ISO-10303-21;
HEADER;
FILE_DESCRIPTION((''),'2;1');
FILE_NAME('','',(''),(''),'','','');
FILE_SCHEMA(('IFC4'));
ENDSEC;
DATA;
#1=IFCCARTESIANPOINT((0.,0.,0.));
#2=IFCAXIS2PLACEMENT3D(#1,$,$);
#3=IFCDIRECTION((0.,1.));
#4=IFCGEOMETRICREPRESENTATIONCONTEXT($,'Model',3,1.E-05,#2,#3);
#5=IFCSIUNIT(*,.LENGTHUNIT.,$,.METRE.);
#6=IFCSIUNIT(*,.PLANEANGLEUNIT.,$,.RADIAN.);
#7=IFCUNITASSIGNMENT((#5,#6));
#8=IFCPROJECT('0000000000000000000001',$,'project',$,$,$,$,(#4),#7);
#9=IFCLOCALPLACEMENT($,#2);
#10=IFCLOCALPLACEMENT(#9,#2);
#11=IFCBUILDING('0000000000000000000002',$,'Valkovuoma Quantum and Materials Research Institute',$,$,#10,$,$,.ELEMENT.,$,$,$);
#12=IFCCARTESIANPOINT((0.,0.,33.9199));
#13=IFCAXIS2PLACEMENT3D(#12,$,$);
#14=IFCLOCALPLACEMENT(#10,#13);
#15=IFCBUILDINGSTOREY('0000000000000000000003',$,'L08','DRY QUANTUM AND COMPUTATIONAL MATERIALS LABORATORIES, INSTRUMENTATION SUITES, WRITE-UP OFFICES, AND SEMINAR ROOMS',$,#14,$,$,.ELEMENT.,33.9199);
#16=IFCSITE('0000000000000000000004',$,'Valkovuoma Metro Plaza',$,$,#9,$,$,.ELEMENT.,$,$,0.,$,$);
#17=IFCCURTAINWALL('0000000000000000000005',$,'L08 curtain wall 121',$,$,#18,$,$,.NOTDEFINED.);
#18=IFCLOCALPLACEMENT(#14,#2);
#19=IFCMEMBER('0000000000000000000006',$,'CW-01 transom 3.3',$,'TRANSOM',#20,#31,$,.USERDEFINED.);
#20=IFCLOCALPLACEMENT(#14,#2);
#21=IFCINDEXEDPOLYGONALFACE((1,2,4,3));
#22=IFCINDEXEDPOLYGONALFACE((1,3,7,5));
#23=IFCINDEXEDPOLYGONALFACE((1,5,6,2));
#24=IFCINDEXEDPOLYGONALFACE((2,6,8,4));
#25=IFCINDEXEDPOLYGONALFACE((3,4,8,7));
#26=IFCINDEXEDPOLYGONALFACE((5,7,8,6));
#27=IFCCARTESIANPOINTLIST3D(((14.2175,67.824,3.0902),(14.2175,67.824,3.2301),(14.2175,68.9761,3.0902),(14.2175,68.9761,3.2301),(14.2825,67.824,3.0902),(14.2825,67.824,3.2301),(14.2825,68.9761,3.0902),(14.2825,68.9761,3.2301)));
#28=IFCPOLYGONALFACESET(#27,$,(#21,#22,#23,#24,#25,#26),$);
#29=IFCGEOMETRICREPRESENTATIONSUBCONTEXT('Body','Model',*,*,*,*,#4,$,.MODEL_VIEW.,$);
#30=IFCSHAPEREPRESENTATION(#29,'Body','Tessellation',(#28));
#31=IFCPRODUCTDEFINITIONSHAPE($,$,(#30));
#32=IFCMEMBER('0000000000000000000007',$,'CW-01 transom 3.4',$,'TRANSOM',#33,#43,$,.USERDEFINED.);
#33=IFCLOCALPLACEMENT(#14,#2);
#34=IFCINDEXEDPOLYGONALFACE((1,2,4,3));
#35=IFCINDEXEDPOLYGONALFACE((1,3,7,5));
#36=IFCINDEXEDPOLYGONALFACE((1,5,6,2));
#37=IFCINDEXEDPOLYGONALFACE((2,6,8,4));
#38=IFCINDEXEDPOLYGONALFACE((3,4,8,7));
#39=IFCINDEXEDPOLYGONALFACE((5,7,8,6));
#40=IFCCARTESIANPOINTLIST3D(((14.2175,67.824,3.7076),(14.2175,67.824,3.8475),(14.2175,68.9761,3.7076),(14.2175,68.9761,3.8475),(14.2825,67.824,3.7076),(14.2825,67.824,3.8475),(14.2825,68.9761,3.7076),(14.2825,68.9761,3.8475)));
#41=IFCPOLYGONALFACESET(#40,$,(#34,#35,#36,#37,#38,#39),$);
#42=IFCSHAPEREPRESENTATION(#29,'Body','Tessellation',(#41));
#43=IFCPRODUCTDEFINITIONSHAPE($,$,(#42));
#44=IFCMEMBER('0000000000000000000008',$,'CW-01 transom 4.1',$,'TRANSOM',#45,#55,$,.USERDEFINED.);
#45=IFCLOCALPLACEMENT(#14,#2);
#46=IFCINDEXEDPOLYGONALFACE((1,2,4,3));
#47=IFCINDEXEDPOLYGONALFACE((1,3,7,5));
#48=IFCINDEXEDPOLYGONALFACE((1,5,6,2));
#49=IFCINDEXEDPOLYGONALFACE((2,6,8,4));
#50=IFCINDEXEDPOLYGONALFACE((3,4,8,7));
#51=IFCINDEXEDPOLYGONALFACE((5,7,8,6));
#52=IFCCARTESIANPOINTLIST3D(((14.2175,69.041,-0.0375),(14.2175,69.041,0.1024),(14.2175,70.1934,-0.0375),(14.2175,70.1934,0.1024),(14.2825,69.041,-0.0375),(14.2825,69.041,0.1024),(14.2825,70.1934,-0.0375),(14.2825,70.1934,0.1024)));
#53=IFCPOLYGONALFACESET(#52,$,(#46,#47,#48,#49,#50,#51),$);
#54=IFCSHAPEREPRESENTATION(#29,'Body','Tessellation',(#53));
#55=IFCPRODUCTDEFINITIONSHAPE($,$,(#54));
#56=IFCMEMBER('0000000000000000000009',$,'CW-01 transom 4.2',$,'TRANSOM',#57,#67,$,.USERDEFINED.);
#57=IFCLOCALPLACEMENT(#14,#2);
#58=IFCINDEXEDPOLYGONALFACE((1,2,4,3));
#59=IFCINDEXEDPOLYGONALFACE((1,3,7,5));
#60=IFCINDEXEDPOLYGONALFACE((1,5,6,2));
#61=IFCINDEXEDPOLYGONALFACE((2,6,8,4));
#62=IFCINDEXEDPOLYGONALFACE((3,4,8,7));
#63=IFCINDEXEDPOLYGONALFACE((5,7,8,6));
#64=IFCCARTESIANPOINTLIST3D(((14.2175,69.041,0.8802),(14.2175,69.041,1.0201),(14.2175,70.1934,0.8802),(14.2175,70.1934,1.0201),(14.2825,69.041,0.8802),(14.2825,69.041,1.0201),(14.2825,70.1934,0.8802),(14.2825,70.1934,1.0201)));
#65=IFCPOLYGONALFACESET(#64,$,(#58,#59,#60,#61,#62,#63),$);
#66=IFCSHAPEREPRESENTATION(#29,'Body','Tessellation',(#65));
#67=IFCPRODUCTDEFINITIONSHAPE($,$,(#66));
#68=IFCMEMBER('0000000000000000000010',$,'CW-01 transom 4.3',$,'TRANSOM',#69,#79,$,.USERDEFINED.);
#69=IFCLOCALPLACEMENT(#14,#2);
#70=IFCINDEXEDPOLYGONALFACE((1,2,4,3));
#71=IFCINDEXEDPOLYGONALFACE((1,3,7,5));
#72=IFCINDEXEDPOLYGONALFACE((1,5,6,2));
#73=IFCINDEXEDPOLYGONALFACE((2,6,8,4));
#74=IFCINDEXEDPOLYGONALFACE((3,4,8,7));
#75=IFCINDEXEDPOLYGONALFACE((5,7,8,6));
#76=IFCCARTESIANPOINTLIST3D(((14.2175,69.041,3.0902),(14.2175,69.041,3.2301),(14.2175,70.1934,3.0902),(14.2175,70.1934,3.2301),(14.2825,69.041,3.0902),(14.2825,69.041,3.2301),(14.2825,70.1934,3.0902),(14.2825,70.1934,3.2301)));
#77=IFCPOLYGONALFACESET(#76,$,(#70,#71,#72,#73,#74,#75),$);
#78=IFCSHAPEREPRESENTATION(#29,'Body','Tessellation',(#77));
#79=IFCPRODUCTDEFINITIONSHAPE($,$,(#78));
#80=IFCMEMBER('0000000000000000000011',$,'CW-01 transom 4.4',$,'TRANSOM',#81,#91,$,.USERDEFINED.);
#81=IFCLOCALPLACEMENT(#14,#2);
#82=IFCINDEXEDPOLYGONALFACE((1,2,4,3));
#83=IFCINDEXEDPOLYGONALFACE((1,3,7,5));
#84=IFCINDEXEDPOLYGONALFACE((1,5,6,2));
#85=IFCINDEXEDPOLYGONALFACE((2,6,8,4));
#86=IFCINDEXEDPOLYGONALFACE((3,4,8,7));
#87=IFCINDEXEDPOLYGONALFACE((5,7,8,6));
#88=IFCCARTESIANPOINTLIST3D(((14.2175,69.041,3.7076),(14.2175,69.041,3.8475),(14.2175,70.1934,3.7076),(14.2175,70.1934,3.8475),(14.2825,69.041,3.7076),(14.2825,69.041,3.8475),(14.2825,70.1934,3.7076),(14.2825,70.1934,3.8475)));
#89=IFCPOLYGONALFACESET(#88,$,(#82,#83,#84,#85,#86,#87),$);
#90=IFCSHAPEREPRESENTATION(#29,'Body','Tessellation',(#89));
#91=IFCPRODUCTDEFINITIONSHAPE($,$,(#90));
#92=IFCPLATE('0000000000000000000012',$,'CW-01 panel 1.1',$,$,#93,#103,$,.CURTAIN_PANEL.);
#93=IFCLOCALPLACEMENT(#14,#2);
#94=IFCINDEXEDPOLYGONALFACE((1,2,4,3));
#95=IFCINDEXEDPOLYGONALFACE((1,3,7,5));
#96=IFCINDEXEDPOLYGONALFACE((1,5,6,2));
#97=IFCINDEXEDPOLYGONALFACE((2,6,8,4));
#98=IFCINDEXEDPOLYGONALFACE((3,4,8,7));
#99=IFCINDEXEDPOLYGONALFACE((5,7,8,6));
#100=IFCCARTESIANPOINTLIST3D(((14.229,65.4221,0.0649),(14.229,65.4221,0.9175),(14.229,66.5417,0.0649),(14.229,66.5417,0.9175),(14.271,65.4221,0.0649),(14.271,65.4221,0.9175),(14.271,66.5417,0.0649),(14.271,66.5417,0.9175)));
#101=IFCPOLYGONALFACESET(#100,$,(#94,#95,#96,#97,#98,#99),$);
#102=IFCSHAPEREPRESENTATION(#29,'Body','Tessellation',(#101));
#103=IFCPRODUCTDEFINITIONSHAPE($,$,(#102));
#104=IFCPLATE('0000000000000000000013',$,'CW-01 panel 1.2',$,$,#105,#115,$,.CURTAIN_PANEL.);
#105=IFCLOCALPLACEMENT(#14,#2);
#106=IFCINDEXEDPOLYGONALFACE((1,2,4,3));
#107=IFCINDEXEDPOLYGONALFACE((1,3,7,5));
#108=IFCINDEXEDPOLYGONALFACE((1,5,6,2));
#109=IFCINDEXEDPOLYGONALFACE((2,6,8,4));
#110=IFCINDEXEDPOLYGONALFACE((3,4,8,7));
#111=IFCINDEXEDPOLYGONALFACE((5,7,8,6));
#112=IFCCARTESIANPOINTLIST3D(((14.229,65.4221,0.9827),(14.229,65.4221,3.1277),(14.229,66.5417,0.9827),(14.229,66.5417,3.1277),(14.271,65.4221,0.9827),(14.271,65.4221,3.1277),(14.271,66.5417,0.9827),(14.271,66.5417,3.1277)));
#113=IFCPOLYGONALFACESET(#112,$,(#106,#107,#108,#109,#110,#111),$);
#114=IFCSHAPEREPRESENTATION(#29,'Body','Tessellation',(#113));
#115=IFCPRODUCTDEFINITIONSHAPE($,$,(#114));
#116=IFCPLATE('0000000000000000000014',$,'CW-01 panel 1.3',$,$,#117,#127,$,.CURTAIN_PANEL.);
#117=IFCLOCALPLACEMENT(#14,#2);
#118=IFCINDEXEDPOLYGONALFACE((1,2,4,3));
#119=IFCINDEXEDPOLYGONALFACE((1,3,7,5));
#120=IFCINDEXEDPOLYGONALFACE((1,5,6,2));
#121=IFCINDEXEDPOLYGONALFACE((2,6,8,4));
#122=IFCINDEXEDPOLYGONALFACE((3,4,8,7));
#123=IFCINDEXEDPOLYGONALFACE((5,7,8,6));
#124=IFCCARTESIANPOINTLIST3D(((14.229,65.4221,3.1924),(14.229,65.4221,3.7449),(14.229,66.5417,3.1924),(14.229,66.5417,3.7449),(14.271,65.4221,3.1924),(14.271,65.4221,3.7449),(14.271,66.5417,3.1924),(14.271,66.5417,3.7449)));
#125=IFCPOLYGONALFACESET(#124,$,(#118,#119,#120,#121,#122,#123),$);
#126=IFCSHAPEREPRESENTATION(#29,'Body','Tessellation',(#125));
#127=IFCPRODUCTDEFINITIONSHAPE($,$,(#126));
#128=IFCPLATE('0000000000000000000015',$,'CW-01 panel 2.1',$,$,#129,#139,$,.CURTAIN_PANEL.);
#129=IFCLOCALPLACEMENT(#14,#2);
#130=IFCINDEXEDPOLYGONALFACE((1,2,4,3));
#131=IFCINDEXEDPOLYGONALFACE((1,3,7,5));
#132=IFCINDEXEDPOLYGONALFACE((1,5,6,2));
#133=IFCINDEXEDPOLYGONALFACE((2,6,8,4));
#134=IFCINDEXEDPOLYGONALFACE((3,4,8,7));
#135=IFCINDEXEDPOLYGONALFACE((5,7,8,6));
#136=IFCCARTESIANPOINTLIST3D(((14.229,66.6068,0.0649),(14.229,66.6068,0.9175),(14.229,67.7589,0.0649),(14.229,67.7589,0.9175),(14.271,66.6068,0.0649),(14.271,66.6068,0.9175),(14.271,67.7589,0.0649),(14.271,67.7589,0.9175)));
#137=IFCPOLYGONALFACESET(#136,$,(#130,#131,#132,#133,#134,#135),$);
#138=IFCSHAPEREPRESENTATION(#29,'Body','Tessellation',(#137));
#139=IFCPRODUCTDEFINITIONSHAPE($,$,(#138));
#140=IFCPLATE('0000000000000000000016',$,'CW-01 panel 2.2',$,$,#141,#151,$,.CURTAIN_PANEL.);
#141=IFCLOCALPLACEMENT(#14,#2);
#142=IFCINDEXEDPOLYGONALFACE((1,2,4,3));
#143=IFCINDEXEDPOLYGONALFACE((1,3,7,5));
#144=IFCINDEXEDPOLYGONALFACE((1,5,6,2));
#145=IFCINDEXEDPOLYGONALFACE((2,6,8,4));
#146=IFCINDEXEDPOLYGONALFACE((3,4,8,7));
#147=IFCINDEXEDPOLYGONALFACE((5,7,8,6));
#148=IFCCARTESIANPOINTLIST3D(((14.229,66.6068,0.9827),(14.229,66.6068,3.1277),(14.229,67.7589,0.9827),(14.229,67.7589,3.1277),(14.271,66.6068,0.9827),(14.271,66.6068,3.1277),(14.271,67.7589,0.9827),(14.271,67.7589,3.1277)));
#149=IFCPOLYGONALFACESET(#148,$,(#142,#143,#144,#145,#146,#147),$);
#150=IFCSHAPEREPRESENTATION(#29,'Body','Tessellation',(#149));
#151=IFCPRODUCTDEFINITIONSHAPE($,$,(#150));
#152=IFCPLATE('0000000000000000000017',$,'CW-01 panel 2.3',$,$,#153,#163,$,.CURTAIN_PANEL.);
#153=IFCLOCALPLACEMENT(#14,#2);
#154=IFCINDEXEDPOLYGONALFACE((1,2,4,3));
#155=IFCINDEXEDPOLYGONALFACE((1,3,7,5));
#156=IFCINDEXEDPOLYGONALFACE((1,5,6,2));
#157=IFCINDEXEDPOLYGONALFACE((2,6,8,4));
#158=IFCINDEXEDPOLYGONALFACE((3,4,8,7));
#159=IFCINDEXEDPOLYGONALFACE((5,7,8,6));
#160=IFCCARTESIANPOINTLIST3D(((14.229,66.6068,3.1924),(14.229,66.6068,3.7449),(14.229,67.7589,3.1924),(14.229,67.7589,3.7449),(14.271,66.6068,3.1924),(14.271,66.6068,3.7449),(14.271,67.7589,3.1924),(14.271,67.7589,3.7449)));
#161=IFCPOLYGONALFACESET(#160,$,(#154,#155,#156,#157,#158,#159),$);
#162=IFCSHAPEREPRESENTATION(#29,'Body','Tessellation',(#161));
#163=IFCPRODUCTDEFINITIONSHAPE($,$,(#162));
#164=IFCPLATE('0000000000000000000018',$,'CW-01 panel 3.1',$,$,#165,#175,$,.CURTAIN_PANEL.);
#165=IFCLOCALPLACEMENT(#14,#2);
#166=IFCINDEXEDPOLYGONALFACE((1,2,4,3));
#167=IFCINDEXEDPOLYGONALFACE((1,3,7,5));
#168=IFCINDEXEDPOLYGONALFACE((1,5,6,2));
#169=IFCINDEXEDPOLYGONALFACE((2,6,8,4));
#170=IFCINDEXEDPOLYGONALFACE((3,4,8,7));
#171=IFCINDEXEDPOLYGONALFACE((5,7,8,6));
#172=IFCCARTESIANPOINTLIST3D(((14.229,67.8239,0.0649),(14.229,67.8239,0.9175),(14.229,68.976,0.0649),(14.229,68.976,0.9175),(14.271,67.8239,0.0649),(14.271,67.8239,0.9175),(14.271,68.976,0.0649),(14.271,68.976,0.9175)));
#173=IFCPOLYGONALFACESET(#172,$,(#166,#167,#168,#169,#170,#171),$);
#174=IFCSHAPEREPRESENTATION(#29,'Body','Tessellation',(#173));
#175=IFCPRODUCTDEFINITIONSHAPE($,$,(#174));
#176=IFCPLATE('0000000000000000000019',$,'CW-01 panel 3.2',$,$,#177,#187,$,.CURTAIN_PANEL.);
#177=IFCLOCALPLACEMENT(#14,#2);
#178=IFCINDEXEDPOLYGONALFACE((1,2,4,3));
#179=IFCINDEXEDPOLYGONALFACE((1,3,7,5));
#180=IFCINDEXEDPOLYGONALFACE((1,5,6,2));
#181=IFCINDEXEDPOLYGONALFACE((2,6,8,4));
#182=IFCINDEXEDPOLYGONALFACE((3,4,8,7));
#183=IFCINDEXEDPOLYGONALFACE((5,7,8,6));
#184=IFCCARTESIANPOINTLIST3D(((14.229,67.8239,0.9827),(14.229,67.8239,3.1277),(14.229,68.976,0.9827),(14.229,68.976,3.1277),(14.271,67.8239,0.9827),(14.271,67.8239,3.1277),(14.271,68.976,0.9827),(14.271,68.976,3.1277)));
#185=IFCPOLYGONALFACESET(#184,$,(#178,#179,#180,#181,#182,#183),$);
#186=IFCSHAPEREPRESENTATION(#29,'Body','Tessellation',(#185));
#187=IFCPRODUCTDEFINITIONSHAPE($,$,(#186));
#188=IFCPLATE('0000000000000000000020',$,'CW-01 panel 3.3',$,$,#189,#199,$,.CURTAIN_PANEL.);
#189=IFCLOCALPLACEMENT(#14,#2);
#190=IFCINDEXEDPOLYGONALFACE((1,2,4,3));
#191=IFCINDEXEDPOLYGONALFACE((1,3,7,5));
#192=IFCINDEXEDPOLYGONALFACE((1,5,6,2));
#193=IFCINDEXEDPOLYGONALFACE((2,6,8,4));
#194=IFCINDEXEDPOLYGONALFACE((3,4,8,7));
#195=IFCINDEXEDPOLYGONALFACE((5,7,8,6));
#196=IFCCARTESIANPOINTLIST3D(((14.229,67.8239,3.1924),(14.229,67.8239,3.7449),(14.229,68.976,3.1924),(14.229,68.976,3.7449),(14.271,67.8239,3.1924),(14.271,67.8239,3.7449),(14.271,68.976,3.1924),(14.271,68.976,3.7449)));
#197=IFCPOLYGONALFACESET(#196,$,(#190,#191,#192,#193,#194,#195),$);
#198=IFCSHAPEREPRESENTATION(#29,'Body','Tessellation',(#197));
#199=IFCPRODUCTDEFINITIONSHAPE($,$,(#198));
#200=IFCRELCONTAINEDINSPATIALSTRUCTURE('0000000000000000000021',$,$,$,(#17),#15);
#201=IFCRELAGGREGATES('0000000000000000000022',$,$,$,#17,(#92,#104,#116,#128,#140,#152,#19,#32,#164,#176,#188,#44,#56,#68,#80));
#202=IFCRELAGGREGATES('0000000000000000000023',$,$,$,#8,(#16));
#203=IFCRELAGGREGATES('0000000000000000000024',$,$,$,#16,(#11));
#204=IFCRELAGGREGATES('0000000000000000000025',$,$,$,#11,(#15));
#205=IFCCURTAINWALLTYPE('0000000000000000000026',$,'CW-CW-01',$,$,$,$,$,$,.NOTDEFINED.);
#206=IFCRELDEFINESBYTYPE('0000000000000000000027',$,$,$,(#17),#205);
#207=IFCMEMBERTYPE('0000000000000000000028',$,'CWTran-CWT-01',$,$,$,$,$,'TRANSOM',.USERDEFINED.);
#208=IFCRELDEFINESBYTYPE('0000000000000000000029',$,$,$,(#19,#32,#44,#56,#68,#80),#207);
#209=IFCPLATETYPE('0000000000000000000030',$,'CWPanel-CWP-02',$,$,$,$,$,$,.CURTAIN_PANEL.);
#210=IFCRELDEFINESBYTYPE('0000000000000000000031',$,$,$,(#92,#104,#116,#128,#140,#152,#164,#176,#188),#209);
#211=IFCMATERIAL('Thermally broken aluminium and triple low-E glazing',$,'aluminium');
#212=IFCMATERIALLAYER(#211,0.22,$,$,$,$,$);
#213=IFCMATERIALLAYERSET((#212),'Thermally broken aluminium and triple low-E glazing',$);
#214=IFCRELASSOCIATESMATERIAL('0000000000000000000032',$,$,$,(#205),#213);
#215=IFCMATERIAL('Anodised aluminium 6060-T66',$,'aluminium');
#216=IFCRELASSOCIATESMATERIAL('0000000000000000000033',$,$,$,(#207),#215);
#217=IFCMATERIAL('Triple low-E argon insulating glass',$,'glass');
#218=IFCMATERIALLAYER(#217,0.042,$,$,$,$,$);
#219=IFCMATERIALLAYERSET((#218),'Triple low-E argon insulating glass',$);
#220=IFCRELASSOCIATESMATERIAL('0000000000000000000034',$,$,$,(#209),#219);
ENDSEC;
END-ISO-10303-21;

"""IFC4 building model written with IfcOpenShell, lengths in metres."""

from ifc_helpers import new_model, si_unit, direction, frame, origin, origin_2d, place, context, subcontext, project, spatial, rectangle, extrude, material, layer, layer_set, material_profile, profile_set, type_object, element, aggregate, save


model = new_model("IFC4")

# Units and contexts
model_context = context("Model", 3, precision=1e-05, world=origin(), true_north=direction((0.0, 1.0)))
body_context = subcontext(model_context, "Body", "Model", "MODEL_VIEW")
ifc_project = project(units=[si_unit("LENGTHUNIT", "METRE"), si_unit("PLANEANGLEUNIT", "RADIAN")], contexts=[model_context])

# Site, building, storey
site_placement = place(None, origin())
site = spatial("IfcSite", under=ifc_project, at=site_placement, Name="Valkovuoma Metro Plaza", CompositionType="ELEMENT", RefElevation=0.0)
building_placement = place(site_placement, origin())
building = spatial("IfcBuilding", under=site, at=building_placement, Name="Valkovuoma Quantum and Materials Research Institute", CompositionType="ELEMENT")
storey_placement = place(building_placement, frame((0.0, 0.0, 33.9199)))
storey = spatial("IfcBuildingStorey", under=building, at=storey_placement, Name="L08", Description="DRY QUANTUM AND COMPUTATIONAL MATERIALS LABORATORIES, INSTRUMENTATION SUITES, WRITE-UP OFFICES, AND SEMINAR ROOMS", CompositionType="ELEMENT", Elevation=33.9199)

# Curtain wall, members, plates
ifc_material_1 = material(Name="Thermally broken aluminium and triple low-E glazing", Category="aluminium")
ifc_layer_1 = layer(ifc_material_1, 0.22)
ifc_layer_set_1 = layer_set([ifc_layer_1], Name="Thermally broken aluminium and triple low-E glazing")
curtain_wall_type = type_object("IfcCurtainWallType", Name="CW-CW-01", PredefinedType="NOTDEFINED", material=ifc_layer_set_1)
curtain_wall_placement = place(storey_placement, origin())
curtain_wall = element("IfcCurtainWall", 1, at=curtain_wall_placement, inside=storey, type_object=curtain_wall_type, Name="L08 curtain wall 121", PredefinedType="NOTDEFINED")
ifc_material_2 = material(Name="Anodised aluminium 6060-T66", Category="aluminium")
ifc_material_profile_1 = material_profile(ifc_material_2, rectangle(XDim=0.0649, YDim=0.1399, at=origin_2d()), Name="Anodised aluminium 6060-T66")
ifc_profile_set_1 = profile_set([ifc_material_profile_1], Name="Anodised aluminium 6060-T66")
member_type_1 = type_object("IfcMemberType", Name="CWTran-CWT-01", ElementType="TRANSOM", PredefinedType="USERDEFINED", material=ifc_profile_set_1)
member_1_placement = place(storey_placement, frame((14.25, 67.824, 3.1602), z_axis=(0.0, 1.0, 0.0), x_axis=(-1.0, 0.0, 0.0)))
member_1 = element("IfcMember", 2, at=member_1_placement, type_object=member_type_1, Name="CW-01 transom 3.3", ObjectType="TRANSOM", PredefinedType="USERDEFINED", context=body_context, shape_type="SweptSolid", body=[
    extrude(rectangle(XDim=0.0649, YDim=0.1399, at=origin_2d()), origin(), (0.0, 0.0, 1.0), 1.1521),
])
member_2_placement = place(storey_placement, frame((14.25, 67.824, 3.7776), z_axis=(0.0, 1.0, 0.0), x_axis=(-1.0, 0.0, 0.0)))
member_2 = element("IfcMember", 3, at=member_2_placement, type_object=member_type_1, Name="CW-01 transom 3.4", ObjectType="TRANSOM", PredefinedType="USERDEFINED", context=body_context, shape_type="SweptSolid", body=[
    extrude(rectangle(XDim=0.0649, YDim=0.1399, at=origin_2d()), origin(), (0.0, 0.0, 1.0), 1.1521),
])
member_3_placement = place(storey_placement, frame((14.25, 69.041, 0.0325), z_axis=(0.0, 1.0, 0.0), x_axis=(-1.0, 0.0, 0.0)))
member_3 = element("IfcMember", 4, at=member_3_placement, type_object=member_type_1, Name="CW-01 transom 4.1", ObjectType="TRANSOM", PredefinedType="USERDEFINED", context=body_context, shape_type="SweptSolid", body=[
    extrude(rectangle(XDim=0.0649, YDim=0.1399, at=origin_2d()), origin(), (0.0, 0.0, 1.0), 1.1523),
])
member_4_placement = place(storey_placement, frame((14.25, 69.041, 0.9502), z_axis=(0.0, 1.0, 0.0), x_axis=(-1.0, 0.0, 0.0)))
member_4 = element("IfcMember", 5, at=member_4_placement, type_object=member_type_1, Name="CW-01 transom 4.2", ObjectType="TRANSOM", PredefinedType="USERDEFINED", context=body_context, shape_type="SweptSolid", body=[
    extrude(rectangle(XDim=0.0649, YDim=0.1399, at=origin_2d()), origin(), (0.0, 0.0, 1.0), 1.1523),
])
member_5_placement = place(storey_placement, frame((14.25, 69.041, 3.1602), z_axis=(0.0, 1.0, 0.0), x_axis=(-1.0, 0.0, 0.0)))
member_5 = element("IfcMember", 6, at=member_5_placement, type_object=member_type_1, Name="CW-01 transom 4.3", ObjectType="TRANSOM", PredefinedType="USERDEFINED", context=body_context, shape_type="SweptSolid", body=[
    extrude(rectangle(XDim=0.0649, YDim=0.1399, at=origin_2d()), origin(), (0.0, 0.0, 1.0), 1.1523),
])
member_6_placement = place(storey_placement, frame((14.25, 69.041, 3.7776), z_axis=(0.0, 1.0, 0.0), x_axis=(-1.0, 0.0, 0.0)))
member_6 = element("IfcMember", 7, at=member_6_placement, type_object=member_type_1, Name="CW-01 transom 4.4", ObjectType="TRANSOM", PredefinedType="USERDEFINED", context=body_context, shape_type="SweptSolid", body=[
    extrude(rectangle(XDim=0.0649, YDim=0.1399, at=origin_2d()), origin(), (0.0, 0.0, 1.0), 1.1523),
])
ifc_material_3 = material(Name="Triple low-E argon insulating glass", Category="glass")
ifc_layer_2 = layer(ifc_material_3, 0.042)
ifc_layer_set_2 = layer_set([ifc_layer_2], Name="Triple low-E argon insulating glass")
plate_type = type_object("IfcPlateType", Name="CWPanel-CWP-02", PredefinedType="CURTAIN_PANEL", material=ifc_layer_set_2)
plate_1_placement = place(storey_placement, frame((14.25, 65.9819, 0.0649), z_axis=(0.0, 0.0, 1.0), x_axis=(0.0, 1.0, 0.0)))
plate_1 = element("IfcPlate", 8, at=plate_1_placement, type_object=plate_type, Name="CW-01 panel 1.1", PredefinedType="CURTAIN_PANEL", context=body_context, shape_type="SweptSolid", body=[
    extrude(rectangle(XDim=1.1196, YDim=0.042, at=origin_2d()), origin(), (0.0, 0.0, 1.0), 0.8525),
])
plate_2_placement = place(storey_placement, frame((14.25, 65.9819, 0.9827), z_axis=(0.0, 0.0, 1.0), x_axis=(0.0, 1.0, 0.0)))
plate_2 = element("IfcPlate", 9, at=plate_2_placement, type_object=plate_type, Name="CW-01 panel 1.2", PredefinedType="CURTAIN_PANEL", context=body_context, shape_type="SweptSolid", body=[
    extrude(rectangle(XDim=1.1196, YDim=0.042, at=origin_2d()), origin(), (0.0, 0.0, 1.0), 2.145),
])
plate_3_placement = place(storey_placement, frame((14.25, 65.9819, 3.1924), z_axis=(0.0, 0.0, 1.0), x_axis=(0.0, 1.0, 0.0)))
plate_3 = element("IfcPlate", 10, at=plate_3_placement, type_object=plate_type, Name="CW-01 panel 1.3", PredefinedType="CURTAIN_PANEL", context=body_context, shape_type="SweptSolid", body=[
    extrude(rectangle(XDim=1.1196, YDim=0.042, at=origin_2d()), origin(), (0.0, 0.0, 1.0), 0.5525),
])
plate_4_placement = place(storey_placement, frame((14.25, 67.1829, 0.0649), z_axis=(0.0, 0.0, 1.0), x_axis=(0.0, 1.0, 0.0)))
plate_4 = element("IfcPlate", 11, at=plate_4_placement, type_object=plate_type, Name="CW-01 panel 2.1", PredefinedType="CURTAIN_PANEL", context=body_context, shape_type="SweptSolid", body=[
    extrude(rectangle(XDim=1.1521, YDim=0.042, at=origin_2d()), origin(), (0.0, 0.0, 1.0), 0.8525),
])
plate_5_placement = place(storey_placement, frame((14.25, 67.1829, 0.9827), z_axis=(0.0, 0.0, 1.0), x_axis=(0.0, 1.0, 0.0)))
plate_5 = element("IfcPlate", 12, at=plate_5_placement, type_object=plate_type, Name="CW-01 panel 2.2", PredefinedType="CURTAIN_PANEL", context=body_context, shape_type="SweptSolid", body=[
    extrude(rectangle(XDim=1.1521, YDim=0.042, at=origin_2d()), origin(), (0.0, 0.0, 1.0), 2.145),
])
plate_6_placement = place(storey_placement, frame((14.25, 67.1829, 3.1924), z_axis=(0.0, 0.0, 1.0), x_axis=(0.0, 1.0, 0.0)))
plate_6 = element("IfcPlate", 13, at=plate_6_placement, type_object=plate_type, Name="CW-01 panel 2.3", PredefinedType="CURTAIN_PANEL", context=body_context, shape_type="SweptSolid", body=[
    extrude(rectangle(XDim=1.1521, YDim=0.042, at=origin_2d()), origin(), (0.0, 0.0, 1.0), 0.5525),
])
plate_7_placement = place(storey_placement, frame((14.25, 68.3999, 0.0649), z_axis=(0.0, 0.0, 1.0), x_axis=(0.0, 1.0, 0.0)))
plate_7 = element("IfcPlate", 14, at=plate_7_placement, type_object=plate_type, Name="CW-01 panel 3.1", PredefinedType="CURTAIN_PANEL", context=body_context, shape_type="SweptSolid", body=[
    extrude(rectangle(XDim=1.1521, YDim=0.042, at=origin_2d()), origin(), (0.0, 0.0, 1.0), 0.8525),
])
plate_8_placement = place(storey_placement, frame((14.25, 68.3999, 0.9827), z_axis=(0.0, 0.0, 1.0), x_axis=(0.0, 1.0, 0.0)))
plate_8 = element("IfcPlate", 15, at=plate_8_placement, type_object=plate_type, Name="CW-01 panel 3.2", PredefinedType="CURTAIN_PANEL", context=body_context, shape_type="SweptSolid", body=[
    extrude(rectangle(XDim=1.1521, YDim=0.042, at=origin_2d()), origin(), (0.0, 0.0, 1.0), 2.145),
])
plate_9_placement = place(storey_placement, frame((14.25, 68.3999, 3.1924), z_axis=(0.0, 0.0, 1.0), x_axis=(0.0, 1.0, 0.0)))
plate_9 = element("IfcPlate", 16, at=plate_9_placement, type_object=plate_type, Name="CW-01 panel 3.3", PredefinedType="CURTAIN_PANEL", context=body_context, shape_type="SweptSolid", body=[
    extrude(rectangle(XDim=1.1521, YDim=0.042, at=origin_2d()), origin(), (0.0, 0.0, 1.0), 0.5525),
])
aggregate(curtain_wall, [plate_1, plate_2, plate_3, plate_4, plate_5, plate_6, member_1, member_2, plate_7, plate_8, plate_9, member_3, member_4, member_5, member_6])

save(model, "model.ifc")
